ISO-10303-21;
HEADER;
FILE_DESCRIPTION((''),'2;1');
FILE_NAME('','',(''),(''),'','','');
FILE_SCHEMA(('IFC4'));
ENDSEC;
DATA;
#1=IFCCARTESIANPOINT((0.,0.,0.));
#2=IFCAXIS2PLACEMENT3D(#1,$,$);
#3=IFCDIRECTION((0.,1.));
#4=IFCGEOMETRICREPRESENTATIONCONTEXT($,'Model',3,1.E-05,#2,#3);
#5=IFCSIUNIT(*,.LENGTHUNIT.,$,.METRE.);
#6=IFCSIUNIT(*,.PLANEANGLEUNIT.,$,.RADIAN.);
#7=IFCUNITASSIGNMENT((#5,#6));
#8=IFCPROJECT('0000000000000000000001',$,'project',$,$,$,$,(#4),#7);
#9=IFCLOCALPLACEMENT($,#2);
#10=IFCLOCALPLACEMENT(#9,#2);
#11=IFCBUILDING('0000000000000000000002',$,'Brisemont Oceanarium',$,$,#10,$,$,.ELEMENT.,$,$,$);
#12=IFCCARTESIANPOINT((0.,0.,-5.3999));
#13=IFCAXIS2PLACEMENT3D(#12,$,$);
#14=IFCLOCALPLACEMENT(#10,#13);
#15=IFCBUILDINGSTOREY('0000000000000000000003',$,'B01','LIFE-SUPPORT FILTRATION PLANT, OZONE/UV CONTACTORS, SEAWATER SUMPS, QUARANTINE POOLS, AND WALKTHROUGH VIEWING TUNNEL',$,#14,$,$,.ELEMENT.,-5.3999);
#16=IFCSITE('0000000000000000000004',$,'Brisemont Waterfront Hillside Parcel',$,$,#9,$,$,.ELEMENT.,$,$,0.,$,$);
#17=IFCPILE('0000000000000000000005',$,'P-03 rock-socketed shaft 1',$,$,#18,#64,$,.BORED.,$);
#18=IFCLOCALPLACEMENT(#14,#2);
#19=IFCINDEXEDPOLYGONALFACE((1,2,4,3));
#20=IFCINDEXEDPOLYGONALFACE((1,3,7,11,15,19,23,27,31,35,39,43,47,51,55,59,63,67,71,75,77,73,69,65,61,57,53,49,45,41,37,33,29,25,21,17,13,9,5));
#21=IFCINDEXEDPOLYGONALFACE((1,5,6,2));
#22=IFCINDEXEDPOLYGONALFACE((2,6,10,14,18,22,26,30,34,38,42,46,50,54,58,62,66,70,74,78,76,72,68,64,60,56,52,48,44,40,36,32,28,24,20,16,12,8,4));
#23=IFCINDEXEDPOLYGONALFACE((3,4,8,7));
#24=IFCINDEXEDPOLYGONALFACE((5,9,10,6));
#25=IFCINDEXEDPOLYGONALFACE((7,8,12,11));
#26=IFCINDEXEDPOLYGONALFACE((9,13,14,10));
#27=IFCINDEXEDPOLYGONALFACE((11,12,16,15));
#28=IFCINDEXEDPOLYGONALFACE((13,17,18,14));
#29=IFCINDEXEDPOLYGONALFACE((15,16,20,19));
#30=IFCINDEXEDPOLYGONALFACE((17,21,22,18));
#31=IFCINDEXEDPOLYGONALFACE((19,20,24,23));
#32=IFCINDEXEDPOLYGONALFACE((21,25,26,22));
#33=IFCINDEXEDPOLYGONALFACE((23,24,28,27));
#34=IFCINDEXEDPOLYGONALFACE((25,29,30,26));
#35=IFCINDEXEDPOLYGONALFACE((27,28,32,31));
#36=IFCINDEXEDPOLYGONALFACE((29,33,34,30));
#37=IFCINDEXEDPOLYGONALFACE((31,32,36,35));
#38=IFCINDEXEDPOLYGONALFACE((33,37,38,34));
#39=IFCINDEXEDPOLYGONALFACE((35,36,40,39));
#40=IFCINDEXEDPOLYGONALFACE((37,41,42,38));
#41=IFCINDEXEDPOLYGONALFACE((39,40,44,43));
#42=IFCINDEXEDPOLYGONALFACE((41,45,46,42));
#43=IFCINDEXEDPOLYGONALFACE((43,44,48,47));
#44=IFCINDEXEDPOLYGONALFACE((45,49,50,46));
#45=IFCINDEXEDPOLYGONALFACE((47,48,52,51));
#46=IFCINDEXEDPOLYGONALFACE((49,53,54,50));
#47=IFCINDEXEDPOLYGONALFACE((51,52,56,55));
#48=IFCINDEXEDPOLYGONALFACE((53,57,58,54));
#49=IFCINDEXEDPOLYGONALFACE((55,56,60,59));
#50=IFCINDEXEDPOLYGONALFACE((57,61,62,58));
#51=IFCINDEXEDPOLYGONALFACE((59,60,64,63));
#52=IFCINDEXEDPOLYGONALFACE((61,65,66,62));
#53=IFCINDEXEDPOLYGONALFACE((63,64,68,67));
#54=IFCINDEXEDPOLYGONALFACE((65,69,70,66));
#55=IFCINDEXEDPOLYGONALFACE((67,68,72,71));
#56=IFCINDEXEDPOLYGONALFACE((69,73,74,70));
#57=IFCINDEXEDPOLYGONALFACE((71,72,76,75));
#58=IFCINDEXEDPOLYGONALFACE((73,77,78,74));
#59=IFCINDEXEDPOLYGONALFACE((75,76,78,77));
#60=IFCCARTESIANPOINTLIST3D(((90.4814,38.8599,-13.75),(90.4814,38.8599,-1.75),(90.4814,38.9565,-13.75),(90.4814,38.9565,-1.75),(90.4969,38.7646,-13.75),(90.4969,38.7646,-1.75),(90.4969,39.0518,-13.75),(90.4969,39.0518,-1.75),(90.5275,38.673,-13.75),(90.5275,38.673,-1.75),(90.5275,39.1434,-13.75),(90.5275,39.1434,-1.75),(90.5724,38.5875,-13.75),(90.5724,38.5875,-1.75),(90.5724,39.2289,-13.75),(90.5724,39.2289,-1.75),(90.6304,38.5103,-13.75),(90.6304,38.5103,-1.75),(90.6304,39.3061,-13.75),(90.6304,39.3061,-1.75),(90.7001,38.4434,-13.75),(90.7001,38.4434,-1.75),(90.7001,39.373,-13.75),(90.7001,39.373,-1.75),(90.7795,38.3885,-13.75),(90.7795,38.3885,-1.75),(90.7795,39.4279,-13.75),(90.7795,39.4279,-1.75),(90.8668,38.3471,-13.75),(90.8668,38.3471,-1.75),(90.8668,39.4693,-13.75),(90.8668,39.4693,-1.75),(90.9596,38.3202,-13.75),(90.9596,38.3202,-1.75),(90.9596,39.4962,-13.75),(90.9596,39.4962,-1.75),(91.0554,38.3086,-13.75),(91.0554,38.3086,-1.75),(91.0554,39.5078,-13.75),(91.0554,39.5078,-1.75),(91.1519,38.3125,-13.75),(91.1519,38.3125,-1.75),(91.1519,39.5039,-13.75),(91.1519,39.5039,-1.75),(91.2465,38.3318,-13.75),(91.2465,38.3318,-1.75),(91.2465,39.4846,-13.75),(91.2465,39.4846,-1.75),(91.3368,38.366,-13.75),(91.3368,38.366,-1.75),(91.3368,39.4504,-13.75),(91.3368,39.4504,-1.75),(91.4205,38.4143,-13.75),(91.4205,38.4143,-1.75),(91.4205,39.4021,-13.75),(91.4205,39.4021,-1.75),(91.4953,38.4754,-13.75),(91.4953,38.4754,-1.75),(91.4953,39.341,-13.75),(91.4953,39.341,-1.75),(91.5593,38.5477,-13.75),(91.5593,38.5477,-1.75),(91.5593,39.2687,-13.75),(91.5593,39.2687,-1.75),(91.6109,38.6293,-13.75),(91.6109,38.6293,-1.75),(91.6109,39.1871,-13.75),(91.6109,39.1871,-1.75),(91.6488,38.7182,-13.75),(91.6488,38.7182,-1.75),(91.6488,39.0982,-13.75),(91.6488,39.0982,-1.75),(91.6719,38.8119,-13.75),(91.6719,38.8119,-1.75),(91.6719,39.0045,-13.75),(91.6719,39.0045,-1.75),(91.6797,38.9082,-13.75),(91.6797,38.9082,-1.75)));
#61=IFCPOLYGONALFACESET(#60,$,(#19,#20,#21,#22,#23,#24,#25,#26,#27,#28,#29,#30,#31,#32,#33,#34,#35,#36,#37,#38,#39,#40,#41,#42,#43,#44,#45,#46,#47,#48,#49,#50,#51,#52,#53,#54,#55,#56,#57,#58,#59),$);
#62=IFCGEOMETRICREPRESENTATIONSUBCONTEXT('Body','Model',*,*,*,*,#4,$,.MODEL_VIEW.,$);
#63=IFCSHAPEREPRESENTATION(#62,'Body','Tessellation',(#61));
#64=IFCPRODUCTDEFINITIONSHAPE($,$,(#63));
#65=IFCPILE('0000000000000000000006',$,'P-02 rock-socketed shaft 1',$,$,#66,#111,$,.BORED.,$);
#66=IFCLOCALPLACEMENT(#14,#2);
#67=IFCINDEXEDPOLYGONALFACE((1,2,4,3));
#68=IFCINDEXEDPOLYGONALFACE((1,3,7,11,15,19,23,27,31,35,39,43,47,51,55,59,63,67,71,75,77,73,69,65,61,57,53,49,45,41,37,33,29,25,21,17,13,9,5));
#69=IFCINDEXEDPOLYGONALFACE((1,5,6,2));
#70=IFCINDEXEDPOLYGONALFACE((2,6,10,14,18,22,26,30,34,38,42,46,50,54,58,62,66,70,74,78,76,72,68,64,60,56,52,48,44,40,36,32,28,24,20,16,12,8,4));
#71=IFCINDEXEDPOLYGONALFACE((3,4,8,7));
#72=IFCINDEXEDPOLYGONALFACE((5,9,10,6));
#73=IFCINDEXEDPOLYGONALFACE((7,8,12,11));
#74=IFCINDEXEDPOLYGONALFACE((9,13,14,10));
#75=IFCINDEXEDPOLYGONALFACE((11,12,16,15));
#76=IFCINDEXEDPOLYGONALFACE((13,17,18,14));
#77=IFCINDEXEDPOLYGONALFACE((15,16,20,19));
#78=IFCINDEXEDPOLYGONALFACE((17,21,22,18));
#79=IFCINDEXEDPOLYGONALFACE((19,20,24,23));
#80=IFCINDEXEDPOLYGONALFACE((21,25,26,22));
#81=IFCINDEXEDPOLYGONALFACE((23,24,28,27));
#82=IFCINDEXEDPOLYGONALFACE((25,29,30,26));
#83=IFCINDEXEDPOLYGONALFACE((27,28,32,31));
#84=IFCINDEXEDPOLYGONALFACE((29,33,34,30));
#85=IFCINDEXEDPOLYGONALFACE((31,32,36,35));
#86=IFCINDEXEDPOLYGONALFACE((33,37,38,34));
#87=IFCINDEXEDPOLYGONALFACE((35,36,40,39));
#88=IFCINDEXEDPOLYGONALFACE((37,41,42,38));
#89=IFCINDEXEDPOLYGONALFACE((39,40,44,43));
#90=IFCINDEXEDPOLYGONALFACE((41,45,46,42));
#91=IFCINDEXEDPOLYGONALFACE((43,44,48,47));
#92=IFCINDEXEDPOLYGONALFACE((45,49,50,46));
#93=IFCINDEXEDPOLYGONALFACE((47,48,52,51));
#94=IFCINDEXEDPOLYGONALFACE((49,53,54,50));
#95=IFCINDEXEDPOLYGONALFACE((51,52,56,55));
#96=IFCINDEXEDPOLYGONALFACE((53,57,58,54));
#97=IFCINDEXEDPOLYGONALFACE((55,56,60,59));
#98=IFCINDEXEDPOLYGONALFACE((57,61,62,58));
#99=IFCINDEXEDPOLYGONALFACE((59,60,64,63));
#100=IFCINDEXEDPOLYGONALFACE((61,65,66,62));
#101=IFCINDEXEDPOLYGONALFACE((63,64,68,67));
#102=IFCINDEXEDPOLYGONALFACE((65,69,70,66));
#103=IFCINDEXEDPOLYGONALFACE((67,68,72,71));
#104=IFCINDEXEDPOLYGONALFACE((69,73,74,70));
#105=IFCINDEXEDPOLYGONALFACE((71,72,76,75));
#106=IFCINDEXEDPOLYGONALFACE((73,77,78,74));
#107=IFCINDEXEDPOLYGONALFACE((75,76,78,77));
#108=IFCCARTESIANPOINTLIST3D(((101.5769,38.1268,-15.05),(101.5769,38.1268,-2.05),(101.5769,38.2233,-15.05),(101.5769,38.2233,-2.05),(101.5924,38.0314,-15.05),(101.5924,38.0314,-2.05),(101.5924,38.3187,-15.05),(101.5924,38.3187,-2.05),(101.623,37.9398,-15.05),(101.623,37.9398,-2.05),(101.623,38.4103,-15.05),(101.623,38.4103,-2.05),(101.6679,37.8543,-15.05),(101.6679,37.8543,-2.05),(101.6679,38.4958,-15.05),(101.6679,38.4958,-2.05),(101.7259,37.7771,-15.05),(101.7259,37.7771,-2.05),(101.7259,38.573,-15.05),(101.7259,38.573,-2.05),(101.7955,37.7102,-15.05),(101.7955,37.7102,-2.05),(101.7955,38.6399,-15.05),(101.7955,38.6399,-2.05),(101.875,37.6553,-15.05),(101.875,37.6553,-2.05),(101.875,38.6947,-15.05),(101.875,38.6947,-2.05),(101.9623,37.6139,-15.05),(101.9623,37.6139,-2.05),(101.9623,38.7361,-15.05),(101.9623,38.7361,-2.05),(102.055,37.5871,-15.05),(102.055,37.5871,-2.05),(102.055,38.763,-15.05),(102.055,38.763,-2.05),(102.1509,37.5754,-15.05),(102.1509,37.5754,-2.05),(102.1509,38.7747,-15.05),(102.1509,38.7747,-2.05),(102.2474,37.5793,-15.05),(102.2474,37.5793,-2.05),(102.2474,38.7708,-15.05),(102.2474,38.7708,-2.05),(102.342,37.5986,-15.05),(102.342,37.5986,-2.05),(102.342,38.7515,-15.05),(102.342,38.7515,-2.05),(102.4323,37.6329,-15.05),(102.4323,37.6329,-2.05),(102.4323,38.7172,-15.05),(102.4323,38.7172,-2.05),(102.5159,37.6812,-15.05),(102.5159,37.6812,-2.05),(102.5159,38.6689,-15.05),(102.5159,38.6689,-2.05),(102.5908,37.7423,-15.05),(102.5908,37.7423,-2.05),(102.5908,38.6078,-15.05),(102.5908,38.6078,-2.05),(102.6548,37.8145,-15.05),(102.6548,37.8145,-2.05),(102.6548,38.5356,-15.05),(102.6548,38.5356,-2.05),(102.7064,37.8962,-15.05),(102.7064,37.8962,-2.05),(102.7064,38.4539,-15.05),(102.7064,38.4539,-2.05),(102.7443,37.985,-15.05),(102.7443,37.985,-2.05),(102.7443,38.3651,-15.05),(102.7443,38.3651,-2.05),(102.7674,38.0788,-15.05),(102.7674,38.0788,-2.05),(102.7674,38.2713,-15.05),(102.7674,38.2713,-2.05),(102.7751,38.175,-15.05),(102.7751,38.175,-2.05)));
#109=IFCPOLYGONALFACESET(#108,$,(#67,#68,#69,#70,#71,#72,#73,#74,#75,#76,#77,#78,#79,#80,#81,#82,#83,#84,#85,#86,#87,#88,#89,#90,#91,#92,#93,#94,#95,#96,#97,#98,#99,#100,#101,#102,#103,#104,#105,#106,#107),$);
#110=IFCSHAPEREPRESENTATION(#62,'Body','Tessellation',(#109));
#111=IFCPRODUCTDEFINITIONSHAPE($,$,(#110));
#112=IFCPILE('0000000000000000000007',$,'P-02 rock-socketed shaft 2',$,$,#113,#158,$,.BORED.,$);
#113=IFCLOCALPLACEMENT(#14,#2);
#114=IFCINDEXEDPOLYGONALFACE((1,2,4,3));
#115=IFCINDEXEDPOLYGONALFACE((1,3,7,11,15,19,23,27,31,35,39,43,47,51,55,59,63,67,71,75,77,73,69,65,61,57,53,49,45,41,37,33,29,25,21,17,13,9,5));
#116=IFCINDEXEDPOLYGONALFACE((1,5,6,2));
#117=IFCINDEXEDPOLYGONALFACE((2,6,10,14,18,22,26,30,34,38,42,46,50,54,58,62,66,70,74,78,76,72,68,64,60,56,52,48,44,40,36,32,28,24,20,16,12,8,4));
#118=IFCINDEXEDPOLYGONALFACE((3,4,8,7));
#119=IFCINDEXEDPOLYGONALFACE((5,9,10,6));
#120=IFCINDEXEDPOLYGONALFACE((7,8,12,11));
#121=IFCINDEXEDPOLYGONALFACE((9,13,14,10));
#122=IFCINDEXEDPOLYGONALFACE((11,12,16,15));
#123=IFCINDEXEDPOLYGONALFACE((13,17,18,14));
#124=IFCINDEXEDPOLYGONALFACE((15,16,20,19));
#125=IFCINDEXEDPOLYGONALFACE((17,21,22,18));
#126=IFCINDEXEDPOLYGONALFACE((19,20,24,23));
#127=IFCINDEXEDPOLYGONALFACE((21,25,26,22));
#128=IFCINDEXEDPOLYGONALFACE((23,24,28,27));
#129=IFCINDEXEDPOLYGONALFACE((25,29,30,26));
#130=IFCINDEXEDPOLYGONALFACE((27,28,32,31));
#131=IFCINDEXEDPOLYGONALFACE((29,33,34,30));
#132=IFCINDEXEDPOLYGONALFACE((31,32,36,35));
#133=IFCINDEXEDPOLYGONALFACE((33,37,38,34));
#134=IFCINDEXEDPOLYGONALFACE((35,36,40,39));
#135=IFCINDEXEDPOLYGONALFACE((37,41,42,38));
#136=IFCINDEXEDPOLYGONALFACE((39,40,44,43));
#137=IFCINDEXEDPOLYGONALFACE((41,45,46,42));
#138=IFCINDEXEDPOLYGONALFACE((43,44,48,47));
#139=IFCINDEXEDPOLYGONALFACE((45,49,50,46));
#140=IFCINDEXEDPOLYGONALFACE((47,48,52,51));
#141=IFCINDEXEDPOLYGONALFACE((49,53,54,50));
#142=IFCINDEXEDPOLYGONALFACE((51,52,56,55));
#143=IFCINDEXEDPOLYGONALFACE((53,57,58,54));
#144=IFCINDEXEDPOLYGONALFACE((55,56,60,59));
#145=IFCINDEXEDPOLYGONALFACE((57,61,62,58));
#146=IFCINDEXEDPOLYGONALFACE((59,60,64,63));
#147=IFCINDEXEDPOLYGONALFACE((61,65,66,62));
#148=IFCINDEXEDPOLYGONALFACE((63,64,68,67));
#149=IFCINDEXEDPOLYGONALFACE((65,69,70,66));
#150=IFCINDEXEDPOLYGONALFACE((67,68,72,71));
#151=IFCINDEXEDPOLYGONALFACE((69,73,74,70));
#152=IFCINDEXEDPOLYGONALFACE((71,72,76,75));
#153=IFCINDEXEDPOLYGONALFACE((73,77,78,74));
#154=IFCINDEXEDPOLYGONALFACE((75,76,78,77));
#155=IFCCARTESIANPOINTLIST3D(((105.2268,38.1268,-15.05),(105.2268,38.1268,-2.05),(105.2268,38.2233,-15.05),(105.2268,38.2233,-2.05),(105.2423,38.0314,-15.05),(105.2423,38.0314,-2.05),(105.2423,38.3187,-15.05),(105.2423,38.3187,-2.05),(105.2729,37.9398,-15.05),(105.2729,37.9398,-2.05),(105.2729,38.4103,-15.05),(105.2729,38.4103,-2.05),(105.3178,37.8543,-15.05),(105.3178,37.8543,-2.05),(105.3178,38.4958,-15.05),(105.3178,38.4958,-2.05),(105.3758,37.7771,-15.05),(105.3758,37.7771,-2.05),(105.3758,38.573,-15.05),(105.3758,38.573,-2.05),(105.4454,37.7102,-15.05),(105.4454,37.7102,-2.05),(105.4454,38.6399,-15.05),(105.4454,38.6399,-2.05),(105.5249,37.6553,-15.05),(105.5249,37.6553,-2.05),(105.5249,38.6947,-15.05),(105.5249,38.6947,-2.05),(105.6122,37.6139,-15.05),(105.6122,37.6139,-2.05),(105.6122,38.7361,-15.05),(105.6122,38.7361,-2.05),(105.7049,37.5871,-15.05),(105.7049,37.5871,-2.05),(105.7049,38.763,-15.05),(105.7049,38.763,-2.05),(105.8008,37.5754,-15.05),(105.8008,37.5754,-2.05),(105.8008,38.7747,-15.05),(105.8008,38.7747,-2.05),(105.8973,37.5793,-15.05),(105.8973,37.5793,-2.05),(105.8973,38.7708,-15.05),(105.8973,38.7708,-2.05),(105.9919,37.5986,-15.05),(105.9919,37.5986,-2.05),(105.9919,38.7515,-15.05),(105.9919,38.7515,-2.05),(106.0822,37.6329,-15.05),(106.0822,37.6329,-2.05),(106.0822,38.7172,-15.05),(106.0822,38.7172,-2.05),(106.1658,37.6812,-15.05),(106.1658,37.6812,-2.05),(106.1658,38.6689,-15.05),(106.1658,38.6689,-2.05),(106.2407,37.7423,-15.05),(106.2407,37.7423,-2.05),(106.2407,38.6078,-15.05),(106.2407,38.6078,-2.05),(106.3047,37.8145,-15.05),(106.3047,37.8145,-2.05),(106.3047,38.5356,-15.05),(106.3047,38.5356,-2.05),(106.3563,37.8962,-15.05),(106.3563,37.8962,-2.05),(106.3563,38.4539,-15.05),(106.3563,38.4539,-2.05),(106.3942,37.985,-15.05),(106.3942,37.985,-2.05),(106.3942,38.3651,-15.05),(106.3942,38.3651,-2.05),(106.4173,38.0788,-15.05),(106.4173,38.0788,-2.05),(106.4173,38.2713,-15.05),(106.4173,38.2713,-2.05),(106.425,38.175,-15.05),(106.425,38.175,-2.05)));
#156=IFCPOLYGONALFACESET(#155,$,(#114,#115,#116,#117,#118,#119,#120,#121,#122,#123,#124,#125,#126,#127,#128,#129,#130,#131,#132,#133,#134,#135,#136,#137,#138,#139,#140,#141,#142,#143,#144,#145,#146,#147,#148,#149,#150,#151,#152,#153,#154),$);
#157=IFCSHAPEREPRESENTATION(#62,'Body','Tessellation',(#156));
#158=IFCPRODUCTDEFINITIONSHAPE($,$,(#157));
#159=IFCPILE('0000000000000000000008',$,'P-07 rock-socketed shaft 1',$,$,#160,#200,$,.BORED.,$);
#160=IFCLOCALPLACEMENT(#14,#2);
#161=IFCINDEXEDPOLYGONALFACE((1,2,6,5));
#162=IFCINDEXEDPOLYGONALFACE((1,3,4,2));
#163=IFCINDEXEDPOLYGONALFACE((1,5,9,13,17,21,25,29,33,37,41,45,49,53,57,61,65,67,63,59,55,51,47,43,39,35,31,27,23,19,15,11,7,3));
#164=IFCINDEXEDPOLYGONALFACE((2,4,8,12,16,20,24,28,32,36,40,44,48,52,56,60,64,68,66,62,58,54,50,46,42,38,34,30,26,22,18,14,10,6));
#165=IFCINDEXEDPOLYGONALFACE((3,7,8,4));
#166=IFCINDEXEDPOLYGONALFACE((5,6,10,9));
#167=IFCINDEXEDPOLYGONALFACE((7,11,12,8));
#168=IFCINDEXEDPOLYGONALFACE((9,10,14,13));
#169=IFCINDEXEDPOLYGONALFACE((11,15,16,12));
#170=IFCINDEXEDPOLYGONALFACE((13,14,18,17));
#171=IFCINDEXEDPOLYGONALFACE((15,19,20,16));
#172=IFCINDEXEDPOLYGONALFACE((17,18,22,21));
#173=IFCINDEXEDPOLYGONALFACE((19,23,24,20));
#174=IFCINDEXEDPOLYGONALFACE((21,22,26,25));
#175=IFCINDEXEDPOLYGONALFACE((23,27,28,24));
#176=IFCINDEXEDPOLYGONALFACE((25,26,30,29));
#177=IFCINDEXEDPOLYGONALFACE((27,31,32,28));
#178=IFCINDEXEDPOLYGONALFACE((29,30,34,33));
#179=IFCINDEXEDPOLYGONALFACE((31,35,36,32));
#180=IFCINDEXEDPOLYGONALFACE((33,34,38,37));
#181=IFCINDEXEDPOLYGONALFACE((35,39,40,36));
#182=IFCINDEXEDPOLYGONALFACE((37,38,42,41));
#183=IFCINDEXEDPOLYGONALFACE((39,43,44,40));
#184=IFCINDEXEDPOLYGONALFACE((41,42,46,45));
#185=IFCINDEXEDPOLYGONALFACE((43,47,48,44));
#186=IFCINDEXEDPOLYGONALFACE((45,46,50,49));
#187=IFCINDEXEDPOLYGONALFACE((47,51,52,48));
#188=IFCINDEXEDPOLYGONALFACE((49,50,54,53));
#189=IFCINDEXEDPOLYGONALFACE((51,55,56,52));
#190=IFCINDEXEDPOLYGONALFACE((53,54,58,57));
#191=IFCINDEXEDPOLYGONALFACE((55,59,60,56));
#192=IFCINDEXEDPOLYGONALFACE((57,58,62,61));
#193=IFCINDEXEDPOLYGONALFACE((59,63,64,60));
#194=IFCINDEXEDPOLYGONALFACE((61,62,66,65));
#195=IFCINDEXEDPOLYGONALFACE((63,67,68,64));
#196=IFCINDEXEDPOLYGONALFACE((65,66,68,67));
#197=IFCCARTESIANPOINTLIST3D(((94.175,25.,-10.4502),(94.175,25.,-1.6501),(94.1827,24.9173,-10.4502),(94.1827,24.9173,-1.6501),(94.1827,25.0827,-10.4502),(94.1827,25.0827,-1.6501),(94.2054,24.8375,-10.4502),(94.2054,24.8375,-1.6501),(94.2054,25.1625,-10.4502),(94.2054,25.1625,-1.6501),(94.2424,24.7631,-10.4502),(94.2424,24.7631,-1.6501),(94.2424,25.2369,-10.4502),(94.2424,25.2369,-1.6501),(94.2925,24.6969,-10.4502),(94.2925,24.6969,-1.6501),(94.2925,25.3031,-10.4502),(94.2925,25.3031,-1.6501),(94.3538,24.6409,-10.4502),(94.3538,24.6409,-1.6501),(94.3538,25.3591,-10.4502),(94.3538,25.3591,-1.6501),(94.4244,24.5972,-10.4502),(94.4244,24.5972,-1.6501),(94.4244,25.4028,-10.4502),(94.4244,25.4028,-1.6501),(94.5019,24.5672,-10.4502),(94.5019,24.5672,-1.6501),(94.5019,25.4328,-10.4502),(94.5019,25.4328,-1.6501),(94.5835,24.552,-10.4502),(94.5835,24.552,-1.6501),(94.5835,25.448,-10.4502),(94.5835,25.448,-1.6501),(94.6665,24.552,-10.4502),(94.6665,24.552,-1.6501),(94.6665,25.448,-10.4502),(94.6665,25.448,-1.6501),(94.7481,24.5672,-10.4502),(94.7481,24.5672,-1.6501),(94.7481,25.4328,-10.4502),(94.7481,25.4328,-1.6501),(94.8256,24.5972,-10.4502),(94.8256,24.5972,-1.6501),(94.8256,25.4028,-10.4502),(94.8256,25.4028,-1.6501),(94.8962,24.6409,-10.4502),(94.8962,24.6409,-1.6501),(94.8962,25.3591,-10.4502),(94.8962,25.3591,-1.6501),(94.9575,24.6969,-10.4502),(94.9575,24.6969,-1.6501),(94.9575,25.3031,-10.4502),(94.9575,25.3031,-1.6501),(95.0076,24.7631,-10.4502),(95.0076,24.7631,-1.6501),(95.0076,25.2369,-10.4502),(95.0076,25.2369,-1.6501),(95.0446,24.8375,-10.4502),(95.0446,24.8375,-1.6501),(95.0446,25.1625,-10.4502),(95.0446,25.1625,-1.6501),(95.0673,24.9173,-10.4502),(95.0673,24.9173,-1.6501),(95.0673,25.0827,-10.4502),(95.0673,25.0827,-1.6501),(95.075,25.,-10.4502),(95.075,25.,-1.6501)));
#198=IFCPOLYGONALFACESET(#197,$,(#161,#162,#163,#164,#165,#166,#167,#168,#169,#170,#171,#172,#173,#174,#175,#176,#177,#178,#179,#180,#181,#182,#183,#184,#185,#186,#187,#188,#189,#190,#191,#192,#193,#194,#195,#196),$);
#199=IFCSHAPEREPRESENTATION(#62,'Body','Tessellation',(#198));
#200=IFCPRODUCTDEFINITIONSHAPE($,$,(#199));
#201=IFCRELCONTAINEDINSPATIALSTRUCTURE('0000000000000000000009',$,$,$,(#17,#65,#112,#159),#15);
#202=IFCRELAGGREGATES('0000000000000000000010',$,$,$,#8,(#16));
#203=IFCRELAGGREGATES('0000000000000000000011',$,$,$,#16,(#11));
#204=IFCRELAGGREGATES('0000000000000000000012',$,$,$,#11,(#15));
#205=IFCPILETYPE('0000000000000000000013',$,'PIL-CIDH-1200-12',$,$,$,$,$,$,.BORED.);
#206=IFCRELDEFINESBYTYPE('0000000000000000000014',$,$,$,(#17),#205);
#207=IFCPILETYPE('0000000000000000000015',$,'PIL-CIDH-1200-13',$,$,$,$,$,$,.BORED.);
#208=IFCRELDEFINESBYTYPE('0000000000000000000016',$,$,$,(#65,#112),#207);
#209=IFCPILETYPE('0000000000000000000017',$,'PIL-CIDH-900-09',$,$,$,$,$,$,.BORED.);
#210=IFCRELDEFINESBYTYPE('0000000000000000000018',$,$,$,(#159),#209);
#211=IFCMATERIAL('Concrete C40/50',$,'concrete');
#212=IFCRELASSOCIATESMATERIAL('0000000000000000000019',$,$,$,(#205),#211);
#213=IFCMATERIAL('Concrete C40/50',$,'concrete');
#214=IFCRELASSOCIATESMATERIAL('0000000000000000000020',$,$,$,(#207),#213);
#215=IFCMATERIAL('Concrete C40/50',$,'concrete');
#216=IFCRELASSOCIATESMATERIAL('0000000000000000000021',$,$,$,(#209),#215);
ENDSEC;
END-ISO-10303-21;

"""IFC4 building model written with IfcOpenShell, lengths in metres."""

from ifc_helpers import new_model, si_unit, direction, frame, origin, origin_2d, place, context, subcontext, project, spatial, circle, extrude, material, material_profile, profile_set, type_object, element, save


model = new_model("IFC4")

# Units and contexts
model_context = context("Model", 3, precision=1e-05, world=origin(), true_north=direction((0.0, 1.0)))
body_context = subcontext(model_context, "Body", "Model", "MODEL_VIEW")
ifc_project = project(units=[si_unit("LENGTHUNIT", "METRE"), si_unit("PLANEANGLEUNIT", "RADIAN")], contexts=[model_context])

# Site, building, storey
site_placement = place(None, origin())
site = spatial("IfcSite", under=ifc_project, at=site_placement, Name="Brisemont Waterfront Hillside Parcel", CompositionType="ELEMENT", RefElevation=0.0)
building_placement = place(site_placement, origin())
building = spatial("IfcBuilding", under=site, at=building_placement, Name="Brisemont Oceanarium", CompositionType="ELEMENT")
storey_placement = place(building_placement, frame((0.0, 0.0, -5.3999)))
storey = spatial("IfcBuildingStorey", under=building, at=storey_placement, Name="B01", Description="LIFE-SUPPORT FILTRATION PLANT, OZONE/UV CONTACTORS, SEAWATER SUMPS, QUARANTINE POOLS, AND WALKTHROUGH VIEWING TUNNEL", CompositionType="ELEMENT", Elevation=-5.3999)

# Piles
ifc_material_1 = material(Name="Concrete C40/50", Category="concrete")
ifc_material_profile_1 = material_profile(ifc_material_1, circle(Radius=0.6001, at=origin_2d()), Name="CIDH-D1200")
ifc_profile_set_1 = profile_set([ifc_material_profile_1], Name="Concrete C40/50")
pile_type_1 = type_object("IfcPileType", Name="PIL-CIDH-1200-12", PredefinedType="BORED", material=ifc_profile_set_1)
for number, where, z_axis, x_axis, name in (
    (1, (91.0796, 38.9082, -1.75), (0.0, 0.0, -1.0), (1.0, 0.0, 0.0), "P-03 rock-socketed shaft 1"),
):
    element("IfcPile", number, at=place(storey_placement, frame(where, z_axis=z_axis, x_axis=x_axis)), inside=storey, type_object=pile_type_1, Name=name, PredefinedType="BORED", context=body_context, shape_type="SweptSolid", body=[
        extrude(circle(Radius=0.6001, at=origin_2d()), origin(), (0.0, 0.0, 1.0), 12.0),
    ])
ifc_material_2 = material(Name="Concrete C40/50", Category="concrete")
ifc_material_profile_2 = material_profile(ifc_material_2, circle(Radius=0.6001, at=origin_2d()), Name="CIDH-D1200")
ifc_profile_set_2 = profile_set([ifc_material_profile_2], Name="Concrete C40/50")
pile_type_2 = type_object("IfcPileType", Name="PIL-CIDH-1200-13", PredefinedType="BORED", material=ifc_profile_set_2)
for number, where, z_axis, x_axis, name in (
    (2, (102.175, 38.175, -2.05), (0.0, 0.0, -1.0), (1.0, 0.0, 0.0), "P-02 rock-socketed shaft 1"),
    (3, (105.825, 38.175, -2.05), (0.0, 0.0, -1.0), (1.0, 0.0, 0.0), "P-02 rock-socketed shaft 2"),
):
    element("IfcPile", number, at=place(storey_placement, frame(where, z_axis=z_axis, x_axis=x_axis)), inside=storey, type_object=pile_type_2, Name=name, PredefinedType="BORED", context=body_context, shape_type="SweptSolid", body=[
        extrude(circle(Radius=0.6001, at=origin_2d()), origin(), (0.0, 0.0, 1.0), 13.0),
    ])
ifc_material_3 = material(Name="Concrete C40/50", Category="concrete")
ifc_material_profile_3 = material_profile(ifc_material_3, circle(Radius=0.45, at=origin_2d()), Name="CIDH-D900")
ifc_profile_set_3 = profile_set([ifc_material_profile_3], Name="Concrete C40/50")
pile_type_3 = type_object("IfcPileType", Name="PIL-CIDH-900-09", PredefinedType="BORED", material=ifc_profile_set_3)
for number, where, z_axis, x_axis, name in (
    (4, (94.625, 25.0, -1.6501), (0.0, 0.0, -1.0), (1.0, 0.0, 0.0), "P-07 rock-socketed shaft 1"),
):
    element("IfcPile", number, at=place(storey_placement, frame(where, z_axis=z_axis, x_axis=x_axis)), inside=storey, type_object=pile_type_3, Name=name, PredefinedType="BORED", context=body_context, shape_type="SweptSolid", body=[
        extrude(circle(Radius=0.45, at=origin_2d()), origin(), (0.0, 0.0, 1.0), 8.8),
    ])

save(model, "model.ifc")
